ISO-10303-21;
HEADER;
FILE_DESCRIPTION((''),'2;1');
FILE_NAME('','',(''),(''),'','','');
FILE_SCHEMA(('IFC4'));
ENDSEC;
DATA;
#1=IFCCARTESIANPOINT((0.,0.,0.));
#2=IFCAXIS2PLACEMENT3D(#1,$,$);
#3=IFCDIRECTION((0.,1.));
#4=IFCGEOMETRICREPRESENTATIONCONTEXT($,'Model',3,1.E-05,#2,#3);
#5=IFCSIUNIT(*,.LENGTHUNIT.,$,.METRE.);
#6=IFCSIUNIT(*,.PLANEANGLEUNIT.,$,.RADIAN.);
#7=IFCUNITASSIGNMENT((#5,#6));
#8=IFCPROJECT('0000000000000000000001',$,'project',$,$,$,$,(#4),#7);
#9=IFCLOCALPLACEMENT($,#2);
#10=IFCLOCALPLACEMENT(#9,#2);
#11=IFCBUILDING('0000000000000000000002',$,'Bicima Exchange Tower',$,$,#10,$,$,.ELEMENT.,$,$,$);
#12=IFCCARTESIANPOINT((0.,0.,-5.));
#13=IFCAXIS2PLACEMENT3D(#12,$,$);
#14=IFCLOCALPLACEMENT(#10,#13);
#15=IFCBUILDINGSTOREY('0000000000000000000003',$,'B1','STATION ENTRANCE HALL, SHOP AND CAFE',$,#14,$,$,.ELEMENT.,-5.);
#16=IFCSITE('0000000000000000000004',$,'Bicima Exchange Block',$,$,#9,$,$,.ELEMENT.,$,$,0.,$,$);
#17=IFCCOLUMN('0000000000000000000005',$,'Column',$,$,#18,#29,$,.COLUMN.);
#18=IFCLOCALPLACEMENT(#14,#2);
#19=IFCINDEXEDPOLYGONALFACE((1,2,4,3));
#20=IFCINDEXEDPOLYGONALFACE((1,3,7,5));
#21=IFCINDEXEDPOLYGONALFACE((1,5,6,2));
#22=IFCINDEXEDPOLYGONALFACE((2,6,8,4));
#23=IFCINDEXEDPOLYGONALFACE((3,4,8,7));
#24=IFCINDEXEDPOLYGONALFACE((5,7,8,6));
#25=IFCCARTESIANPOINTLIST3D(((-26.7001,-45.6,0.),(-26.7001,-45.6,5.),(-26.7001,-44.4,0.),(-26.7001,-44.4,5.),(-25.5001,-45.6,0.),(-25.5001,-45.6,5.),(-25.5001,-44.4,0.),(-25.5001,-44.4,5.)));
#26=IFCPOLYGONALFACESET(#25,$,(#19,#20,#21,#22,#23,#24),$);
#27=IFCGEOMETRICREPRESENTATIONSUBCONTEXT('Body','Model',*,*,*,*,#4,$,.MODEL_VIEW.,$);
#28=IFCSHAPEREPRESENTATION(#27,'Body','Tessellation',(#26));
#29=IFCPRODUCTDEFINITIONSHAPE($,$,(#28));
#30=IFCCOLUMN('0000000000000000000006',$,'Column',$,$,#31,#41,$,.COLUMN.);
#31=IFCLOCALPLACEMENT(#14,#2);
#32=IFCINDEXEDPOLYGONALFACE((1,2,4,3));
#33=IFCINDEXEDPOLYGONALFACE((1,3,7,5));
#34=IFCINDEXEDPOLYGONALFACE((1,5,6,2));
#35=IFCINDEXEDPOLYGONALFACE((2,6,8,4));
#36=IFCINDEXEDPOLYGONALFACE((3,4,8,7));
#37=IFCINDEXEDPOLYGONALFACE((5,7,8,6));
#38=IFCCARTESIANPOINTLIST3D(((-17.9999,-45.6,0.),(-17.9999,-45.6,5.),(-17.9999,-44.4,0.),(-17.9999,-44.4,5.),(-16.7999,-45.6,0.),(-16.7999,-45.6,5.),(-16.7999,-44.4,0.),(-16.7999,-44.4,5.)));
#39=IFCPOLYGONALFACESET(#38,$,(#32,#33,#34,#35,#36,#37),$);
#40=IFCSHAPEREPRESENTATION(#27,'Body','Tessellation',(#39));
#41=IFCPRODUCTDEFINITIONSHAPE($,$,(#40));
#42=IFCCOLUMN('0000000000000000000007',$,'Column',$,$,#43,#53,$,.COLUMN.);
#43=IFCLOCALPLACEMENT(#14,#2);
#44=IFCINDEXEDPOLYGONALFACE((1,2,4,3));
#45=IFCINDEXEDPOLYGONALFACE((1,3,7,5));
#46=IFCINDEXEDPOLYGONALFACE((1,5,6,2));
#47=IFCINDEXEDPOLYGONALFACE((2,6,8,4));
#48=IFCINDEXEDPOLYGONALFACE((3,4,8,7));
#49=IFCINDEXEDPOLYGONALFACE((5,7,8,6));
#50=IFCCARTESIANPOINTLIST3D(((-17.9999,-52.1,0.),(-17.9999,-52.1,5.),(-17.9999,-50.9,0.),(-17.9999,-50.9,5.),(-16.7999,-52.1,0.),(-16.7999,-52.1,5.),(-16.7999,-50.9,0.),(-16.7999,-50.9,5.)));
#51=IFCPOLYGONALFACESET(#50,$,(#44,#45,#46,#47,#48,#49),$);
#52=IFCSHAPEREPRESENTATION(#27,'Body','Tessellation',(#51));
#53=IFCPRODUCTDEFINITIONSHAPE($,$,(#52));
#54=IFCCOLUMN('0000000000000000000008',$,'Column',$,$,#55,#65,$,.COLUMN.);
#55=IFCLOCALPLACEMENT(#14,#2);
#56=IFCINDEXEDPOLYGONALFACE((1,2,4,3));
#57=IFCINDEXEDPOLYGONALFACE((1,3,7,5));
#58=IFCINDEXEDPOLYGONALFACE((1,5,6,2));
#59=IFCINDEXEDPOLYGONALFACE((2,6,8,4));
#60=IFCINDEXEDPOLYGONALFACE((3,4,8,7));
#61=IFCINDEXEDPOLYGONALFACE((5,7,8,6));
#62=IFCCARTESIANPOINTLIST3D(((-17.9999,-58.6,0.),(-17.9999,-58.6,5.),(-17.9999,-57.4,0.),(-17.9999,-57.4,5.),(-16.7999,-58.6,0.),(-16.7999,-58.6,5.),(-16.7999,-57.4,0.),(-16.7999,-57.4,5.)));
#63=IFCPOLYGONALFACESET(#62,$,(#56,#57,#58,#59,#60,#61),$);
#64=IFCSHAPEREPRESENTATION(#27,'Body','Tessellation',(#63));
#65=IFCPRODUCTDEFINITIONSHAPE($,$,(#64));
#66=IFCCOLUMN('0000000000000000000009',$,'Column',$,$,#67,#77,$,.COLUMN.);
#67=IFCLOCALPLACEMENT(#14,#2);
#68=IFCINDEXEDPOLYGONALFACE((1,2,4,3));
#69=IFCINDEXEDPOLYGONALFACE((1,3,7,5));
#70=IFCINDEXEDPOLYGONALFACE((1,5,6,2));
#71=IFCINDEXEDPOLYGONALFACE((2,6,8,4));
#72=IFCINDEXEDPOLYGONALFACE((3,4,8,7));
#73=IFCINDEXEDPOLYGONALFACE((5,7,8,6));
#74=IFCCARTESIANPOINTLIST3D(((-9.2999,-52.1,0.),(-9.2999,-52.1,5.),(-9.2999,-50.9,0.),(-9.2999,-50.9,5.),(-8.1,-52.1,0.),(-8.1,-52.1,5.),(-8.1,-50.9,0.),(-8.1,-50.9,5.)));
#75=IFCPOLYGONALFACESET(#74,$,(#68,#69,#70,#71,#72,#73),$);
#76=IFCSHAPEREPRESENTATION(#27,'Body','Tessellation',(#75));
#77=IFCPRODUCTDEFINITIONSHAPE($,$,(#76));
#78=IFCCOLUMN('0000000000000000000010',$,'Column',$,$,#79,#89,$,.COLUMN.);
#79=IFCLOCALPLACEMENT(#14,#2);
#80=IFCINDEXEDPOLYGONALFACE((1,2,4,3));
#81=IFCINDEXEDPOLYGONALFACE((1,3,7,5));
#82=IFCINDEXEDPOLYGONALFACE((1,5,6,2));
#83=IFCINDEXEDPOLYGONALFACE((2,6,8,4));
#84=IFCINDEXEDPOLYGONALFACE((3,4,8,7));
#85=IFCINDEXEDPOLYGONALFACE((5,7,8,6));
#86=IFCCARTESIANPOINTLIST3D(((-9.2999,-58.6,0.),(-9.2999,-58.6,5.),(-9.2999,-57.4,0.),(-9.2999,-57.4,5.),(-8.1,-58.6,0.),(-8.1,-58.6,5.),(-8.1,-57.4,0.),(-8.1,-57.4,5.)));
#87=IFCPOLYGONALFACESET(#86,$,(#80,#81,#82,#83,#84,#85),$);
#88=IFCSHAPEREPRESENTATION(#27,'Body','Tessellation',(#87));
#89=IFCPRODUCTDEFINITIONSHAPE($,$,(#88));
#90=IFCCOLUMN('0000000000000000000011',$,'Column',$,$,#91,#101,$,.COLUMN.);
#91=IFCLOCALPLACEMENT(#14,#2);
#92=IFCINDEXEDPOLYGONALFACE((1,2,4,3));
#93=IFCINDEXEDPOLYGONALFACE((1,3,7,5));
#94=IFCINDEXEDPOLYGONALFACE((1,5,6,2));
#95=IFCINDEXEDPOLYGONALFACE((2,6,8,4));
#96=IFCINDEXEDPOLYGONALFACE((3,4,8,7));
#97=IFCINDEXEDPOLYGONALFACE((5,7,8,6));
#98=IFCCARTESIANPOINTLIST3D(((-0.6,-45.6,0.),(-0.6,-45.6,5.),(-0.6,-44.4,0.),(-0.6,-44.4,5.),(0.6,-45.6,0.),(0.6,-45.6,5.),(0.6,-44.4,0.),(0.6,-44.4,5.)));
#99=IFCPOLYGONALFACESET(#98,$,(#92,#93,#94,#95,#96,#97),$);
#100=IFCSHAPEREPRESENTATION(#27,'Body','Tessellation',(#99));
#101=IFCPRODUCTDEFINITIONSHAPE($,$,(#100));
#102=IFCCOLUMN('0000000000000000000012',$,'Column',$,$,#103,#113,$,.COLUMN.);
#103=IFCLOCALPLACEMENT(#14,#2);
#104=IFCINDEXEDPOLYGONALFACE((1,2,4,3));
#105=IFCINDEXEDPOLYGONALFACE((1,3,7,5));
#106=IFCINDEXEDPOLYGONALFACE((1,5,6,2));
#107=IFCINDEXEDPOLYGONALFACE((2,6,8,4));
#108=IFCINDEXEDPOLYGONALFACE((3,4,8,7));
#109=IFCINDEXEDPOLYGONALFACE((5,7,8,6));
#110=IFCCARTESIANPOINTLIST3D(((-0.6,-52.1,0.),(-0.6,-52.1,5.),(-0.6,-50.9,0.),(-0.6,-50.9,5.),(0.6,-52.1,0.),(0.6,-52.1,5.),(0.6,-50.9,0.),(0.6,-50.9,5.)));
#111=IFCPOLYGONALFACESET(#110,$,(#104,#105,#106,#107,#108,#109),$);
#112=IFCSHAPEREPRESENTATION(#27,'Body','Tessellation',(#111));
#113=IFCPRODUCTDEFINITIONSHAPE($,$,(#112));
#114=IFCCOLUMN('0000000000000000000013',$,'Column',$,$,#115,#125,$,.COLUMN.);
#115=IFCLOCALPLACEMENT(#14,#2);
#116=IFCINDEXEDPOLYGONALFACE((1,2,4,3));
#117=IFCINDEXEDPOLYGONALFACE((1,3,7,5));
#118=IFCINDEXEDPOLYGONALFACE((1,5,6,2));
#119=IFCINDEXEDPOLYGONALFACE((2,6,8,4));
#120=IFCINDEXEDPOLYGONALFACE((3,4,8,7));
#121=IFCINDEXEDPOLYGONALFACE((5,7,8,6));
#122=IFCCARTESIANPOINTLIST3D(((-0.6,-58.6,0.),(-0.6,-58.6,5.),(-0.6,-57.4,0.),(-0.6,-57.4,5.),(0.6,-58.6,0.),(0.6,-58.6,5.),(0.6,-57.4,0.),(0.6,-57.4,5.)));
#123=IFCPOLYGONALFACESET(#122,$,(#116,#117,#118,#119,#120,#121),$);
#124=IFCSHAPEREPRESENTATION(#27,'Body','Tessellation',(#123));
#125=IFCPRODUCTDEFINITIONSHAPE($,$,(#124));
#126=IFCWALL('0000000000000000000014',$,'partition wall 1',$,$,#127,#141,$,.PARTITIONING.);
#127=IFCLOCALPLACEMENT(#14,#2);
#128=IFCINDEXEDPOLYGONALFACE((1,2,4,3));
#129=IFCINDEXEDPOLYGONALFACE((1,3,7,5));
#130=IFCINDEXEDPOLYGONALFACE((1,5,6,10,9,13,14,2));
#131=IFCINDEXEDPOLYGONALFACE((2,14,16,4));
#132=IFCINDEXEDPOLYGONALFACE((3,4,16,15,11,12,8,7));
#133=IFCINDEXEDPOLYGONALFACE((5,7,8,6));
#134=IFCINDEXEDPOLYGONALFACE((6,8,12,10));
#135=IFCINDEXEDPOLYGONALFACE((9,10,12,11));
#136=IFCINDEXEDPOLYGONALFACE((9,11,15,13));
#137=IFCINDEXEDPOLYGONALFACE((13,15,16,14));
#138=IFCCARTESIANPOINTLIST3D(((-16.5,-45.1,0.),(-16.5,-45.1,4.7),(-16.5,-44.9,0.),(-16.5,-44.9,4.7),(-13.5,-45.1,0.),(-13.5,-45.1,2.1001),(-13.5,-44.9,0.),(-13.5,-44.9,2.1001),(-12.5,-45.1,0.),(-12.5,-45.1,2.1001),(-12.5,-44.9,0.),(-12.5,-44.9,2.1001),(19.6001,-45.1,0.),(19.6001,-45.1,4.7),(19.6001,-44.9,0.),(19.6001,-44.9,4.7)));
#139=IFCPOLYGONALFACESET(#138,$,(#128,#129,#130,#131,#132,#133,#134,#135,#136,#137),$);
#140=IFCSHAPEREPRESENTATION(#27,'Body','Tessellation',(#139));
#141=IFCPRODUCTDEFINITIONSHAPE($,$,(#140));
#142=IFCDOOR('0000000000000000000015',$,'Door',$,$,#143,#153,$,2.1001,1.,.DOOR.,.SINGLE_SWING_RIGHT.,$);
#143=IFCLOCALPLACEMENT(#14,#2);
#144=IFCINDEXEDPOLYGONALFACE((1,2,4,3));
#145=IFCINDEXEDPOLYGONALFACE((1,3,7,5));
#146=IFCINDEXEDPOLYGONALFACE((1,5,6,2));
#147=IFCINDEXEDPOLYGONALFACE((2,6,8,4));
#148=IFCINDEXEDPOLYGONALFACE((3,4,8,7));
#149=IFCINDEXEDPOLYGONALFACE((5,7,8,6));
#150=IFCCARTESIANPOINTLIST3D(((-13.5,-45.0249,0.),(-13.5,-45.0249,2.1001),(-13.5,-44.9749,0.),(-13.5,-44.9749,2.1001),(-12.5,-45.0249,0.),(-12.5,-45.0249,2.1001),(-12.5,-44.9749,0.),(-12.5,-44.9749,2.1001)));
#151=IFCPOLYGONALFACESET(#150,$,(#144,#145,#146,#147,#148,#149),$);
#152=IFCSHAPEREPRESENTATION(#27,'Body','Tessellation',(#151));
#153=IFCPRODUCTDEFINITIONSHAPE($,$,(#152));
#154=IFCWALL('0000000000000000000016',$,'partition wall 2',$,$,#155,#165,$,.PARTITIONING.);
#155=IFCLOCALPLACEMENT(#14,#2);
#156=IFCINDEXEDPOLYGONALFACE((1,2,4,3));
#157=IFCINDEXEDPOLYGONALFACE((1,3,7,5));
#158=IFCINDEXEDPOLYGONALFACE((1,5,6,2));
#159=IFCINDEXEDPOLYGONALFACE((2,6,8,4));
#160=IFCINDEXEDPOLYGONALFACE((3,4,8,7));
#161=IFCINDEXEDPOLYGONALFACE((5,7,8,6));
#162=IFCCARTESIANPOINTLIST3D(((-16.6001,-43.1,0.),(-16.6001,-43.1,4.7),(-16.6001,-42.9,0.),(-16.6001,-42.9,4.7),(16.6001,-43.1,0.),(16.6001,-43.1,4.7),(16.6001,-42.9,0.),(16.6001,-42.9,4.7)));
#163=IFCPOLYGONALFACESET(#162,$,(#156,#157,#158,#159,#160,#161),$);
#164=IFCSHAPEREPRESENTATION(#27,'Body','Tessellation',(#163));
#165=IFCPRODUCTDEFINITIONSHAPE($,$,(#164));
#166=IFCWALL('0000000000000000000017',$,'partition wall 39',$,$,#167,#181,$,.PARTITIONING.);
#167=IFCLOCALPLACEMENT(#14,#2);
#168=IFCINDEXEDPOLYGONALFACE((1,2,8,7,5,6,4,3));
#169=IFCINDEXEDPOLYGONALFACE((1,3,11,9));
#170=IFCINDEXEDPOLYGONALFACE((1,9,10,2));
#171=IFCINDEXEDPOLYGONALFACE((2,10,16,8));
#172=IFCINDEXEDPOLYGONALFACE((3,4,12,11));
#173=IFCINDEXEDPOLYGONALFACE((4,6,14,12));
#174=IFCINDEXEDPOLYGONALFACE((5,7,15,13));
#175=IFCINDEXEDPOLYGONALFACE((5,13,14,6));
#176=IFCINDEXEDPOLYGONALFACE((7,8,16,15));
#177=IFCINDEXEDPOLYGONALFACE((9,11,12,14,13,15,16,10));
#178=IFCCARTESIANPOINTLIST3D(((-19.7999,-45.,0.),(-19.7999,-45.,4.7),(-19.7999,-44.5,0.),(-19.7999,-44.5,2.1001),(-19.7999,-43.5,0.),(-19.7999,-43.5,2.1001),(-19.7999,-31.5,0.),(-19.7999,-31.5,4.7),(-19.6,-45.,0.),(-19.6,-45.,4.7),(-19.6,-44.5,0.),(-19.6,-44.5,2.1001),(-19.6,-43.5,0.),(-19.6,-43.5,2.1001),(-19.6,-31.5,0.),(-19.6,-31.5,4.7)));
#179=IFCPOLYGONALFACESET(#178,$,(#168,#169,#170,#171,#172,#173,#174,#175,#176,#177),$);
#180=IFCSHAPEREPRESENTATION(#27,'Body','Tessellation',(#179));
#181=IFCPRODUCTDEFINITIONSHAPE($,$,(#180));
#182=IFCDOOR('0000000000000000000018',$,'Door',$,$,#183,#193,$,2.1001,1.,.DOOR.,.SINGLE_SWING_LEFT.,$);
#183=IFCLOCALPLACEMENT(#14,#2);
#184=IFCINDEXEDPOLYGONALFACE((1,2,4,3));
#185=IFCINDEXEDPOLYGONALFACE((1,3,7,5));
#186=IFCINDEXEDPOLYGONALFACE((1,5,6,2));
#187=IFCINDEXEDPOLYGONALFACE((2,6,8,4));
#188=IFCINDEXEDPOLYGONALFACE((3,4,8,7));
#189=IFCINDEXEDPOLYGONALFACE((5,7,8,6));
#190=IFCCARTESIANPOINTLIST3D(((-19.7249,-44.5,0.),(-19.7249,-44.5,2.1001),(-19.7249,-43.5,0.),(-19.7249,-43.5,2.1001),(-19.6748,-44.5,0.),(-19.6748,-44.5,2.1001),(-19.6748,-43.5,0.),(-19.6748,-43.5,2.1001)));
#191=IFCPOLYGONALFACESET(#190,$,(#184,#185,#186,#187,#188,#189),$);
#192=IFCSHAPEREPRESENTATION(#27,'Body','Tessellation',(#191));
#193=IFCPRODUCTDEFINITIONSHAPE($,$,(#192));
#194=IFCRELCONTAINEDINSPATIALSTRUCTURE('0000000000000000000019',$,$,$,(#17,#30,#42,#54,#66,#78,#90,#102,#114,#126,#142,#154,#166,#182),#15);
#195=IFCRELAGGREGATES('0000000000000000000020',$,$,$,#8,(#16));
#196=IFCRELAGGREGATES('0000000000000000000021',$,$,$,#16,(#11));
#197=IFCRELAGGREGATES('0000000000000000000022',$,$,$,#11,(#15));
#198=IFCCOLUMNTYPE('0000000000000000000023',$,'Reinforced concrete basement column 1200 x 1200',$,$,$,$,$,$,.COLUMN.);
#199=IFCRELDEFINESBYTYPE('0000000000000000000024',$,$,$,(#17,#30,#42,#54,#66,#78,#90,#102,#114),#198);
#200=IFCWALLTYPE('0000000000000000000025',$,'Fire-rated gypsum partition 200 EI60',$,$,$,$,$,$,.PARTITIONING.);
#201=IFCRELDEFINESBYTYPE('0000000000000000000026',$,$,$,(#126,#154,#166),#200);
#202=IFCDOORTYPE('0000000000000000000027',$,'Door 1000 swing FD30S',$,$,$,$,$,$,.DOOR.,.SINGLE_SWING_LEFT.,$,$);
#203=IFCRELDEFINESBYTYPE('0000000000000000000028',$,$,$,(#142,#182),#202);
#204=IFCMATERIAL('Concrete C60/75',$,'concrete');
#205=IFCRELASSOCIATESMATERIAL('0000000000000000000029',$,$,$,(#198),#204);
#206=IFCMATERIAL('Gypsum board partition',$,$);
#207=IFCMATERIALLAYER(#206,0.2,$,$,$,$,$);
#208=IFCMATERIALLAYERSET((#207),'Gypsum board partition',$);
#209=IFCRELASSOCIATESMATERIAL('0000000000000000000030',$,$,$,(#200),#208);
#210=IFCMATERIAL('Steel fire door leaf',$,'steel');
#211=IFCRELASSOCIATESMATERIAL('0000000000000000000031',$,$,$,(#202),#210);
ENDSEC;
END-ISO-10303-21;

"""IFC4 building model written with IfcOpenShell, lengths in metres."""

from ifc_helpers import new_model, si_unit, direction, frame, frame_2d, origin, origin_2d, place, context, subcontext, project, spatial, rectangle, extrude, material, layer, layer_set, material_profile, profile_set, type_object, element, fill, save


model = new_model("IFC4")

# Units and contexts
model_context = context("Model", 3, precision=1e-05, world=origin(), true_north=direction((0.0, 1.0)))
body_context = subcontext(model_context, "Body", "Model", "MODEL_VIEW")
ifc_project = project(units=[si_unit("LENGTHUNIT", "METRE"), si_unit("PLANEANGLEUNIT", "RADIAN")], contexts=[model_context])

# Site, building, storey
site_placement = place(None, origin())
site = spatial("IfcSite", under=ifc_project, at=site_placement, Name="Bicima Exchange Block", CompositionType="ELEMENT", RefElevation=0.0)
building_placement = place(site_placement, origin())
building = spatial("IfcBuilding", under=site, at=building_placement, Name="Bicima Exchange Tower", CompositionType="ELEMENT")
storey_placement = place(building_placement, frame((0.0, 0.0, -5.0)))
storey = spatial("IfcBuildingStorey", under=building, at=storey_placement, Name="B1", Description="STATION ENTRANCE HALL, SHOP AND CAFE", CompositionType="ELEMENT", Elevation=-5.0)

# Columns
ifc_material_1 = material(Name="Concrete C60/75", Category="concrete")
ifc_material_profile = material_profile(ifc_material_1, rectangle(XDim=1.2, YDim=1.2, at=origin_2d()))
ifc_profile_set = profile_set([ifc_material_profile], Name="Concrete C60/75")
column_type = type_object("IfcColumnType", Name="Reinforced concrete basement column 1200 x 1200", PredefinedType="COLUMN", material=ifc_profile_set)
for number, where, z_axis, x_axis, name in (
    (1, (-26.1001, -45.0, 0.0), (0.0, 0.0, 1.0), (1.0, 0.0, 0.0), "Column"),
    (2, (-17.3999, -45.0, 0.0), (0.0, 0.0, 1.0), (1.0, 0.0, 0.0), "Column"),
    (3, (-17.3999, -51.5, 0.0), (0.0, 0.0, 1.0), (1.0, 0.0, 0.0), "Column"),
    (4, (-17.3999, -58.0, 0.0), (0.0, 0.0, 1.0), (1.0, 0.0, 0.0), "Column"),
    (5, (-8.7, -51.5, 0.0), (0.0, 0.0, 1.0), (1.0, 0.0, 0.0), "Column"),
    (6, (-8.7, -58.0, 0.0), (0.0, 0.0, 1.0), (1.0, 0.0, 0.0), "Column"),
    (7, (0.0, -45.0, 0.0), (0.0, 0.0, 1.0), (1.0, 0.0, 0.0), "Column"),
    (8, (0.0, -51.5, 0.0), (0.0, 0.0, 1.0), (1.0, 0.0, 0.0), "Column"),
    (9, (0.0, -58.0, 0.0), (0.0, 0.0, 1.0), (1.0, 0.0, 0.0), "Column"),
):
    element("IfcColumn", number, at=place(storey_placement, frame(where, z_axis=z_axis, x_axis=x_axis)), inside=storey, type_object=column_type, Name=name, PredefinedType="COLUMN", context=body_context, shape_type="SweptSolid", body=[
        extrude(rectangle(XDim=1.2, YDim=1.2, at=origin_2d()), origin(), (0.0, 0.0, 1.0), 5.0),
    ])

# Wall, opening, door
ifc_material_2 = material(Name="Gypsum board partition")
ifc_layer_1 = layer(ifc_material_2, 0.2)
ifc_layer_set_1 = layer_set([ifc_layer_1], Name="Gypsum board partition")
wall_type_1 = type_object("IfcWallType", Name="Fire-rated gypsum partition 200 EI60", PredefinedType="PARTITIONING", material=ifc_layer_set_1)
wall_1_placement = place(storey_placement, frame((-16.5, -45.0, 0.0), z_axis=(0.0, 0.0, 1.0), x_axis=(1.0, 0.0, 0.0)))
wall_1 = element("IfcWall", 10, at=wall_1_placement, inside=storey, type_object=wall_type_1, Name="partition wall 1", PredefinedType="PARTITIONING", context=body_context, shape_type="SweptSolid", body=[
    extrude(rectangle(XDim=36.1001, YDim=0.2, at=frame_2d((18.05, 0.0))), origin(), (0.0, 0.0, 1.0), 4.7),
])
opening_1_placement = place(wall_1_placement, frame((3.0, 0.0, 0.0)))
opening_1 = element("IfcOpeningElement", 11, at=opening_1_placement, cuts=wall_1, PredefinedType="OPENING", context=body_context, shape_type="SweptSolid", body=[
    extrude(rectangle(XDim=1.0, YDim=2.1001, at=frame_2d((0.5, 1.05))), frame((0.0, 0.1118, 0.0), z_axis=(0.0, -1.0, 0.0), x_axis=(1.0, 0.0, 0.0)), (0.0, 0.0, 1.0), 0.2239),
])
ifc_material_3 = material(Name="Steel fire door leaf", Category="steel")
door_type_1 = type_object("IfcDoorType", Name="Door 1000 swing FD30S", OperationType="SINGLE_SWING_LEFT", PredefinedType="DOOR", material=ifc_material_3)
door_1_placement = place(opening_1_placement, frame((1.0, 0.0, 0.0), z_axis=(0.0, 0.0, 1.0), x_axis=(-1.0, 0.0, 0.0)))
door_1 = element("IfcDoor", 12, at=door_1_placement, inside=storey, type_object=door_type_1, Name="Door", OperationType="SINGLE_SWING_RIGHT", OverallHeight=2.1001, OverallWidth=1.0, PredefinedType="DOOR", context=body_context, shape_type="SweptSolid", body=[
    extrude(rectangle(XDim=1.0, YDim=2.1001, at=frame_2d((0.5, 1.05))), frame((0.0, 0.0249, 0.0), z_axis=(0.0, -1.0, 0.0), x_axis=(1.0, 0.0, 0.0)), (0.0, 0.0, 1.0), 0.05),
])
fill(opening_1, door_1)

# Wall
wall_2_placement = place(storey_placement, frame((-16.6001, -43.0, 0.0), z_axis=(0.0, 0.0, 1.0), x_axis=(1.0, 0.0, 0.0)))
element("IfcWall", 13, at=wall_2_placement, inside=storey, type_object=wall_type_1, Name="partition wall 2", PredefinedType="PARTITIONING", context=body_context, shape_type="SweptSolid", body=[
    extrude(rectangle(XDim=33.2002, YDim=0.2, at=frame_2d((16.6001, 0.0))), origin(), (0.0, 0.0, 1.0), 4.7),
])

# Wall, opening, door
wall_3_placement = place(storey_placement, frame((-19.7, -45.0, 0.0), z_axis=(0.0, 0.0, 1.0), x_axis=(0.0, 1.0, 0.0)))
wall_3 = element("IfcWall", 14, at=wall_3_placement, inside=storey, type_object=wall_type_1, Name="partition wall 39", PredefinedType="PARTITIONING", context=body_context, shape_type="SweptSolid", body=[
    extrude(rectangle(XDim=13.5, YDim=0.2, at=frame_2d((6.75, 0.0))), origin(), (0.0, 0.0, 1.0), 4.7),
])
opening_2_placement = place(wall_3_placement, frame((0.5, 0.0, 0.0)))
opening_2 = element("IfcOpeningElement", 15, at=opening_2_placement, cuts=wall_3, PredefinedType="OPENING", context=body_context, shape_type="SweptSolid", body=[
    extrude(rectangle(XDim=1.0, YDim=2.1001, at=frame_2d((0.5, 1.05))), frame((0.0, 0.1118, 0.0), z_axis=(0.0, -1.0, 0.0), x_axis=(1.0, 0.0, 0.0)), (0.0, 0.0, 1.0), 0.2239),
])
door_2_placement = place(opening_2_placement, origin())
door_2 = element("IfcDoor", 16, at=door_2_placement, inside=storey, type_object=door_type_1, Name="Door", OperationType="SINGLE_SWING_LEFT", OverallHeight=2.1001, OverallWidth=1.0, PredefinedType="DOOR", context=body_context, shape_type="SweptSolid", body=[
    extrude(rectangle(XDim=1.0, YDim=2.1001, at=frame_2d((0.5, 1.05))), frame((0.0, 0.0249, 0.0), z_axis=(0.0, -1.0, 0.0), x_axis=(1.0, 0.0, 0.0)), (0.0, 0.0, 1.0), 0.05),
])
fill(opening_2, door_2)

save(model, "model.ifc")
